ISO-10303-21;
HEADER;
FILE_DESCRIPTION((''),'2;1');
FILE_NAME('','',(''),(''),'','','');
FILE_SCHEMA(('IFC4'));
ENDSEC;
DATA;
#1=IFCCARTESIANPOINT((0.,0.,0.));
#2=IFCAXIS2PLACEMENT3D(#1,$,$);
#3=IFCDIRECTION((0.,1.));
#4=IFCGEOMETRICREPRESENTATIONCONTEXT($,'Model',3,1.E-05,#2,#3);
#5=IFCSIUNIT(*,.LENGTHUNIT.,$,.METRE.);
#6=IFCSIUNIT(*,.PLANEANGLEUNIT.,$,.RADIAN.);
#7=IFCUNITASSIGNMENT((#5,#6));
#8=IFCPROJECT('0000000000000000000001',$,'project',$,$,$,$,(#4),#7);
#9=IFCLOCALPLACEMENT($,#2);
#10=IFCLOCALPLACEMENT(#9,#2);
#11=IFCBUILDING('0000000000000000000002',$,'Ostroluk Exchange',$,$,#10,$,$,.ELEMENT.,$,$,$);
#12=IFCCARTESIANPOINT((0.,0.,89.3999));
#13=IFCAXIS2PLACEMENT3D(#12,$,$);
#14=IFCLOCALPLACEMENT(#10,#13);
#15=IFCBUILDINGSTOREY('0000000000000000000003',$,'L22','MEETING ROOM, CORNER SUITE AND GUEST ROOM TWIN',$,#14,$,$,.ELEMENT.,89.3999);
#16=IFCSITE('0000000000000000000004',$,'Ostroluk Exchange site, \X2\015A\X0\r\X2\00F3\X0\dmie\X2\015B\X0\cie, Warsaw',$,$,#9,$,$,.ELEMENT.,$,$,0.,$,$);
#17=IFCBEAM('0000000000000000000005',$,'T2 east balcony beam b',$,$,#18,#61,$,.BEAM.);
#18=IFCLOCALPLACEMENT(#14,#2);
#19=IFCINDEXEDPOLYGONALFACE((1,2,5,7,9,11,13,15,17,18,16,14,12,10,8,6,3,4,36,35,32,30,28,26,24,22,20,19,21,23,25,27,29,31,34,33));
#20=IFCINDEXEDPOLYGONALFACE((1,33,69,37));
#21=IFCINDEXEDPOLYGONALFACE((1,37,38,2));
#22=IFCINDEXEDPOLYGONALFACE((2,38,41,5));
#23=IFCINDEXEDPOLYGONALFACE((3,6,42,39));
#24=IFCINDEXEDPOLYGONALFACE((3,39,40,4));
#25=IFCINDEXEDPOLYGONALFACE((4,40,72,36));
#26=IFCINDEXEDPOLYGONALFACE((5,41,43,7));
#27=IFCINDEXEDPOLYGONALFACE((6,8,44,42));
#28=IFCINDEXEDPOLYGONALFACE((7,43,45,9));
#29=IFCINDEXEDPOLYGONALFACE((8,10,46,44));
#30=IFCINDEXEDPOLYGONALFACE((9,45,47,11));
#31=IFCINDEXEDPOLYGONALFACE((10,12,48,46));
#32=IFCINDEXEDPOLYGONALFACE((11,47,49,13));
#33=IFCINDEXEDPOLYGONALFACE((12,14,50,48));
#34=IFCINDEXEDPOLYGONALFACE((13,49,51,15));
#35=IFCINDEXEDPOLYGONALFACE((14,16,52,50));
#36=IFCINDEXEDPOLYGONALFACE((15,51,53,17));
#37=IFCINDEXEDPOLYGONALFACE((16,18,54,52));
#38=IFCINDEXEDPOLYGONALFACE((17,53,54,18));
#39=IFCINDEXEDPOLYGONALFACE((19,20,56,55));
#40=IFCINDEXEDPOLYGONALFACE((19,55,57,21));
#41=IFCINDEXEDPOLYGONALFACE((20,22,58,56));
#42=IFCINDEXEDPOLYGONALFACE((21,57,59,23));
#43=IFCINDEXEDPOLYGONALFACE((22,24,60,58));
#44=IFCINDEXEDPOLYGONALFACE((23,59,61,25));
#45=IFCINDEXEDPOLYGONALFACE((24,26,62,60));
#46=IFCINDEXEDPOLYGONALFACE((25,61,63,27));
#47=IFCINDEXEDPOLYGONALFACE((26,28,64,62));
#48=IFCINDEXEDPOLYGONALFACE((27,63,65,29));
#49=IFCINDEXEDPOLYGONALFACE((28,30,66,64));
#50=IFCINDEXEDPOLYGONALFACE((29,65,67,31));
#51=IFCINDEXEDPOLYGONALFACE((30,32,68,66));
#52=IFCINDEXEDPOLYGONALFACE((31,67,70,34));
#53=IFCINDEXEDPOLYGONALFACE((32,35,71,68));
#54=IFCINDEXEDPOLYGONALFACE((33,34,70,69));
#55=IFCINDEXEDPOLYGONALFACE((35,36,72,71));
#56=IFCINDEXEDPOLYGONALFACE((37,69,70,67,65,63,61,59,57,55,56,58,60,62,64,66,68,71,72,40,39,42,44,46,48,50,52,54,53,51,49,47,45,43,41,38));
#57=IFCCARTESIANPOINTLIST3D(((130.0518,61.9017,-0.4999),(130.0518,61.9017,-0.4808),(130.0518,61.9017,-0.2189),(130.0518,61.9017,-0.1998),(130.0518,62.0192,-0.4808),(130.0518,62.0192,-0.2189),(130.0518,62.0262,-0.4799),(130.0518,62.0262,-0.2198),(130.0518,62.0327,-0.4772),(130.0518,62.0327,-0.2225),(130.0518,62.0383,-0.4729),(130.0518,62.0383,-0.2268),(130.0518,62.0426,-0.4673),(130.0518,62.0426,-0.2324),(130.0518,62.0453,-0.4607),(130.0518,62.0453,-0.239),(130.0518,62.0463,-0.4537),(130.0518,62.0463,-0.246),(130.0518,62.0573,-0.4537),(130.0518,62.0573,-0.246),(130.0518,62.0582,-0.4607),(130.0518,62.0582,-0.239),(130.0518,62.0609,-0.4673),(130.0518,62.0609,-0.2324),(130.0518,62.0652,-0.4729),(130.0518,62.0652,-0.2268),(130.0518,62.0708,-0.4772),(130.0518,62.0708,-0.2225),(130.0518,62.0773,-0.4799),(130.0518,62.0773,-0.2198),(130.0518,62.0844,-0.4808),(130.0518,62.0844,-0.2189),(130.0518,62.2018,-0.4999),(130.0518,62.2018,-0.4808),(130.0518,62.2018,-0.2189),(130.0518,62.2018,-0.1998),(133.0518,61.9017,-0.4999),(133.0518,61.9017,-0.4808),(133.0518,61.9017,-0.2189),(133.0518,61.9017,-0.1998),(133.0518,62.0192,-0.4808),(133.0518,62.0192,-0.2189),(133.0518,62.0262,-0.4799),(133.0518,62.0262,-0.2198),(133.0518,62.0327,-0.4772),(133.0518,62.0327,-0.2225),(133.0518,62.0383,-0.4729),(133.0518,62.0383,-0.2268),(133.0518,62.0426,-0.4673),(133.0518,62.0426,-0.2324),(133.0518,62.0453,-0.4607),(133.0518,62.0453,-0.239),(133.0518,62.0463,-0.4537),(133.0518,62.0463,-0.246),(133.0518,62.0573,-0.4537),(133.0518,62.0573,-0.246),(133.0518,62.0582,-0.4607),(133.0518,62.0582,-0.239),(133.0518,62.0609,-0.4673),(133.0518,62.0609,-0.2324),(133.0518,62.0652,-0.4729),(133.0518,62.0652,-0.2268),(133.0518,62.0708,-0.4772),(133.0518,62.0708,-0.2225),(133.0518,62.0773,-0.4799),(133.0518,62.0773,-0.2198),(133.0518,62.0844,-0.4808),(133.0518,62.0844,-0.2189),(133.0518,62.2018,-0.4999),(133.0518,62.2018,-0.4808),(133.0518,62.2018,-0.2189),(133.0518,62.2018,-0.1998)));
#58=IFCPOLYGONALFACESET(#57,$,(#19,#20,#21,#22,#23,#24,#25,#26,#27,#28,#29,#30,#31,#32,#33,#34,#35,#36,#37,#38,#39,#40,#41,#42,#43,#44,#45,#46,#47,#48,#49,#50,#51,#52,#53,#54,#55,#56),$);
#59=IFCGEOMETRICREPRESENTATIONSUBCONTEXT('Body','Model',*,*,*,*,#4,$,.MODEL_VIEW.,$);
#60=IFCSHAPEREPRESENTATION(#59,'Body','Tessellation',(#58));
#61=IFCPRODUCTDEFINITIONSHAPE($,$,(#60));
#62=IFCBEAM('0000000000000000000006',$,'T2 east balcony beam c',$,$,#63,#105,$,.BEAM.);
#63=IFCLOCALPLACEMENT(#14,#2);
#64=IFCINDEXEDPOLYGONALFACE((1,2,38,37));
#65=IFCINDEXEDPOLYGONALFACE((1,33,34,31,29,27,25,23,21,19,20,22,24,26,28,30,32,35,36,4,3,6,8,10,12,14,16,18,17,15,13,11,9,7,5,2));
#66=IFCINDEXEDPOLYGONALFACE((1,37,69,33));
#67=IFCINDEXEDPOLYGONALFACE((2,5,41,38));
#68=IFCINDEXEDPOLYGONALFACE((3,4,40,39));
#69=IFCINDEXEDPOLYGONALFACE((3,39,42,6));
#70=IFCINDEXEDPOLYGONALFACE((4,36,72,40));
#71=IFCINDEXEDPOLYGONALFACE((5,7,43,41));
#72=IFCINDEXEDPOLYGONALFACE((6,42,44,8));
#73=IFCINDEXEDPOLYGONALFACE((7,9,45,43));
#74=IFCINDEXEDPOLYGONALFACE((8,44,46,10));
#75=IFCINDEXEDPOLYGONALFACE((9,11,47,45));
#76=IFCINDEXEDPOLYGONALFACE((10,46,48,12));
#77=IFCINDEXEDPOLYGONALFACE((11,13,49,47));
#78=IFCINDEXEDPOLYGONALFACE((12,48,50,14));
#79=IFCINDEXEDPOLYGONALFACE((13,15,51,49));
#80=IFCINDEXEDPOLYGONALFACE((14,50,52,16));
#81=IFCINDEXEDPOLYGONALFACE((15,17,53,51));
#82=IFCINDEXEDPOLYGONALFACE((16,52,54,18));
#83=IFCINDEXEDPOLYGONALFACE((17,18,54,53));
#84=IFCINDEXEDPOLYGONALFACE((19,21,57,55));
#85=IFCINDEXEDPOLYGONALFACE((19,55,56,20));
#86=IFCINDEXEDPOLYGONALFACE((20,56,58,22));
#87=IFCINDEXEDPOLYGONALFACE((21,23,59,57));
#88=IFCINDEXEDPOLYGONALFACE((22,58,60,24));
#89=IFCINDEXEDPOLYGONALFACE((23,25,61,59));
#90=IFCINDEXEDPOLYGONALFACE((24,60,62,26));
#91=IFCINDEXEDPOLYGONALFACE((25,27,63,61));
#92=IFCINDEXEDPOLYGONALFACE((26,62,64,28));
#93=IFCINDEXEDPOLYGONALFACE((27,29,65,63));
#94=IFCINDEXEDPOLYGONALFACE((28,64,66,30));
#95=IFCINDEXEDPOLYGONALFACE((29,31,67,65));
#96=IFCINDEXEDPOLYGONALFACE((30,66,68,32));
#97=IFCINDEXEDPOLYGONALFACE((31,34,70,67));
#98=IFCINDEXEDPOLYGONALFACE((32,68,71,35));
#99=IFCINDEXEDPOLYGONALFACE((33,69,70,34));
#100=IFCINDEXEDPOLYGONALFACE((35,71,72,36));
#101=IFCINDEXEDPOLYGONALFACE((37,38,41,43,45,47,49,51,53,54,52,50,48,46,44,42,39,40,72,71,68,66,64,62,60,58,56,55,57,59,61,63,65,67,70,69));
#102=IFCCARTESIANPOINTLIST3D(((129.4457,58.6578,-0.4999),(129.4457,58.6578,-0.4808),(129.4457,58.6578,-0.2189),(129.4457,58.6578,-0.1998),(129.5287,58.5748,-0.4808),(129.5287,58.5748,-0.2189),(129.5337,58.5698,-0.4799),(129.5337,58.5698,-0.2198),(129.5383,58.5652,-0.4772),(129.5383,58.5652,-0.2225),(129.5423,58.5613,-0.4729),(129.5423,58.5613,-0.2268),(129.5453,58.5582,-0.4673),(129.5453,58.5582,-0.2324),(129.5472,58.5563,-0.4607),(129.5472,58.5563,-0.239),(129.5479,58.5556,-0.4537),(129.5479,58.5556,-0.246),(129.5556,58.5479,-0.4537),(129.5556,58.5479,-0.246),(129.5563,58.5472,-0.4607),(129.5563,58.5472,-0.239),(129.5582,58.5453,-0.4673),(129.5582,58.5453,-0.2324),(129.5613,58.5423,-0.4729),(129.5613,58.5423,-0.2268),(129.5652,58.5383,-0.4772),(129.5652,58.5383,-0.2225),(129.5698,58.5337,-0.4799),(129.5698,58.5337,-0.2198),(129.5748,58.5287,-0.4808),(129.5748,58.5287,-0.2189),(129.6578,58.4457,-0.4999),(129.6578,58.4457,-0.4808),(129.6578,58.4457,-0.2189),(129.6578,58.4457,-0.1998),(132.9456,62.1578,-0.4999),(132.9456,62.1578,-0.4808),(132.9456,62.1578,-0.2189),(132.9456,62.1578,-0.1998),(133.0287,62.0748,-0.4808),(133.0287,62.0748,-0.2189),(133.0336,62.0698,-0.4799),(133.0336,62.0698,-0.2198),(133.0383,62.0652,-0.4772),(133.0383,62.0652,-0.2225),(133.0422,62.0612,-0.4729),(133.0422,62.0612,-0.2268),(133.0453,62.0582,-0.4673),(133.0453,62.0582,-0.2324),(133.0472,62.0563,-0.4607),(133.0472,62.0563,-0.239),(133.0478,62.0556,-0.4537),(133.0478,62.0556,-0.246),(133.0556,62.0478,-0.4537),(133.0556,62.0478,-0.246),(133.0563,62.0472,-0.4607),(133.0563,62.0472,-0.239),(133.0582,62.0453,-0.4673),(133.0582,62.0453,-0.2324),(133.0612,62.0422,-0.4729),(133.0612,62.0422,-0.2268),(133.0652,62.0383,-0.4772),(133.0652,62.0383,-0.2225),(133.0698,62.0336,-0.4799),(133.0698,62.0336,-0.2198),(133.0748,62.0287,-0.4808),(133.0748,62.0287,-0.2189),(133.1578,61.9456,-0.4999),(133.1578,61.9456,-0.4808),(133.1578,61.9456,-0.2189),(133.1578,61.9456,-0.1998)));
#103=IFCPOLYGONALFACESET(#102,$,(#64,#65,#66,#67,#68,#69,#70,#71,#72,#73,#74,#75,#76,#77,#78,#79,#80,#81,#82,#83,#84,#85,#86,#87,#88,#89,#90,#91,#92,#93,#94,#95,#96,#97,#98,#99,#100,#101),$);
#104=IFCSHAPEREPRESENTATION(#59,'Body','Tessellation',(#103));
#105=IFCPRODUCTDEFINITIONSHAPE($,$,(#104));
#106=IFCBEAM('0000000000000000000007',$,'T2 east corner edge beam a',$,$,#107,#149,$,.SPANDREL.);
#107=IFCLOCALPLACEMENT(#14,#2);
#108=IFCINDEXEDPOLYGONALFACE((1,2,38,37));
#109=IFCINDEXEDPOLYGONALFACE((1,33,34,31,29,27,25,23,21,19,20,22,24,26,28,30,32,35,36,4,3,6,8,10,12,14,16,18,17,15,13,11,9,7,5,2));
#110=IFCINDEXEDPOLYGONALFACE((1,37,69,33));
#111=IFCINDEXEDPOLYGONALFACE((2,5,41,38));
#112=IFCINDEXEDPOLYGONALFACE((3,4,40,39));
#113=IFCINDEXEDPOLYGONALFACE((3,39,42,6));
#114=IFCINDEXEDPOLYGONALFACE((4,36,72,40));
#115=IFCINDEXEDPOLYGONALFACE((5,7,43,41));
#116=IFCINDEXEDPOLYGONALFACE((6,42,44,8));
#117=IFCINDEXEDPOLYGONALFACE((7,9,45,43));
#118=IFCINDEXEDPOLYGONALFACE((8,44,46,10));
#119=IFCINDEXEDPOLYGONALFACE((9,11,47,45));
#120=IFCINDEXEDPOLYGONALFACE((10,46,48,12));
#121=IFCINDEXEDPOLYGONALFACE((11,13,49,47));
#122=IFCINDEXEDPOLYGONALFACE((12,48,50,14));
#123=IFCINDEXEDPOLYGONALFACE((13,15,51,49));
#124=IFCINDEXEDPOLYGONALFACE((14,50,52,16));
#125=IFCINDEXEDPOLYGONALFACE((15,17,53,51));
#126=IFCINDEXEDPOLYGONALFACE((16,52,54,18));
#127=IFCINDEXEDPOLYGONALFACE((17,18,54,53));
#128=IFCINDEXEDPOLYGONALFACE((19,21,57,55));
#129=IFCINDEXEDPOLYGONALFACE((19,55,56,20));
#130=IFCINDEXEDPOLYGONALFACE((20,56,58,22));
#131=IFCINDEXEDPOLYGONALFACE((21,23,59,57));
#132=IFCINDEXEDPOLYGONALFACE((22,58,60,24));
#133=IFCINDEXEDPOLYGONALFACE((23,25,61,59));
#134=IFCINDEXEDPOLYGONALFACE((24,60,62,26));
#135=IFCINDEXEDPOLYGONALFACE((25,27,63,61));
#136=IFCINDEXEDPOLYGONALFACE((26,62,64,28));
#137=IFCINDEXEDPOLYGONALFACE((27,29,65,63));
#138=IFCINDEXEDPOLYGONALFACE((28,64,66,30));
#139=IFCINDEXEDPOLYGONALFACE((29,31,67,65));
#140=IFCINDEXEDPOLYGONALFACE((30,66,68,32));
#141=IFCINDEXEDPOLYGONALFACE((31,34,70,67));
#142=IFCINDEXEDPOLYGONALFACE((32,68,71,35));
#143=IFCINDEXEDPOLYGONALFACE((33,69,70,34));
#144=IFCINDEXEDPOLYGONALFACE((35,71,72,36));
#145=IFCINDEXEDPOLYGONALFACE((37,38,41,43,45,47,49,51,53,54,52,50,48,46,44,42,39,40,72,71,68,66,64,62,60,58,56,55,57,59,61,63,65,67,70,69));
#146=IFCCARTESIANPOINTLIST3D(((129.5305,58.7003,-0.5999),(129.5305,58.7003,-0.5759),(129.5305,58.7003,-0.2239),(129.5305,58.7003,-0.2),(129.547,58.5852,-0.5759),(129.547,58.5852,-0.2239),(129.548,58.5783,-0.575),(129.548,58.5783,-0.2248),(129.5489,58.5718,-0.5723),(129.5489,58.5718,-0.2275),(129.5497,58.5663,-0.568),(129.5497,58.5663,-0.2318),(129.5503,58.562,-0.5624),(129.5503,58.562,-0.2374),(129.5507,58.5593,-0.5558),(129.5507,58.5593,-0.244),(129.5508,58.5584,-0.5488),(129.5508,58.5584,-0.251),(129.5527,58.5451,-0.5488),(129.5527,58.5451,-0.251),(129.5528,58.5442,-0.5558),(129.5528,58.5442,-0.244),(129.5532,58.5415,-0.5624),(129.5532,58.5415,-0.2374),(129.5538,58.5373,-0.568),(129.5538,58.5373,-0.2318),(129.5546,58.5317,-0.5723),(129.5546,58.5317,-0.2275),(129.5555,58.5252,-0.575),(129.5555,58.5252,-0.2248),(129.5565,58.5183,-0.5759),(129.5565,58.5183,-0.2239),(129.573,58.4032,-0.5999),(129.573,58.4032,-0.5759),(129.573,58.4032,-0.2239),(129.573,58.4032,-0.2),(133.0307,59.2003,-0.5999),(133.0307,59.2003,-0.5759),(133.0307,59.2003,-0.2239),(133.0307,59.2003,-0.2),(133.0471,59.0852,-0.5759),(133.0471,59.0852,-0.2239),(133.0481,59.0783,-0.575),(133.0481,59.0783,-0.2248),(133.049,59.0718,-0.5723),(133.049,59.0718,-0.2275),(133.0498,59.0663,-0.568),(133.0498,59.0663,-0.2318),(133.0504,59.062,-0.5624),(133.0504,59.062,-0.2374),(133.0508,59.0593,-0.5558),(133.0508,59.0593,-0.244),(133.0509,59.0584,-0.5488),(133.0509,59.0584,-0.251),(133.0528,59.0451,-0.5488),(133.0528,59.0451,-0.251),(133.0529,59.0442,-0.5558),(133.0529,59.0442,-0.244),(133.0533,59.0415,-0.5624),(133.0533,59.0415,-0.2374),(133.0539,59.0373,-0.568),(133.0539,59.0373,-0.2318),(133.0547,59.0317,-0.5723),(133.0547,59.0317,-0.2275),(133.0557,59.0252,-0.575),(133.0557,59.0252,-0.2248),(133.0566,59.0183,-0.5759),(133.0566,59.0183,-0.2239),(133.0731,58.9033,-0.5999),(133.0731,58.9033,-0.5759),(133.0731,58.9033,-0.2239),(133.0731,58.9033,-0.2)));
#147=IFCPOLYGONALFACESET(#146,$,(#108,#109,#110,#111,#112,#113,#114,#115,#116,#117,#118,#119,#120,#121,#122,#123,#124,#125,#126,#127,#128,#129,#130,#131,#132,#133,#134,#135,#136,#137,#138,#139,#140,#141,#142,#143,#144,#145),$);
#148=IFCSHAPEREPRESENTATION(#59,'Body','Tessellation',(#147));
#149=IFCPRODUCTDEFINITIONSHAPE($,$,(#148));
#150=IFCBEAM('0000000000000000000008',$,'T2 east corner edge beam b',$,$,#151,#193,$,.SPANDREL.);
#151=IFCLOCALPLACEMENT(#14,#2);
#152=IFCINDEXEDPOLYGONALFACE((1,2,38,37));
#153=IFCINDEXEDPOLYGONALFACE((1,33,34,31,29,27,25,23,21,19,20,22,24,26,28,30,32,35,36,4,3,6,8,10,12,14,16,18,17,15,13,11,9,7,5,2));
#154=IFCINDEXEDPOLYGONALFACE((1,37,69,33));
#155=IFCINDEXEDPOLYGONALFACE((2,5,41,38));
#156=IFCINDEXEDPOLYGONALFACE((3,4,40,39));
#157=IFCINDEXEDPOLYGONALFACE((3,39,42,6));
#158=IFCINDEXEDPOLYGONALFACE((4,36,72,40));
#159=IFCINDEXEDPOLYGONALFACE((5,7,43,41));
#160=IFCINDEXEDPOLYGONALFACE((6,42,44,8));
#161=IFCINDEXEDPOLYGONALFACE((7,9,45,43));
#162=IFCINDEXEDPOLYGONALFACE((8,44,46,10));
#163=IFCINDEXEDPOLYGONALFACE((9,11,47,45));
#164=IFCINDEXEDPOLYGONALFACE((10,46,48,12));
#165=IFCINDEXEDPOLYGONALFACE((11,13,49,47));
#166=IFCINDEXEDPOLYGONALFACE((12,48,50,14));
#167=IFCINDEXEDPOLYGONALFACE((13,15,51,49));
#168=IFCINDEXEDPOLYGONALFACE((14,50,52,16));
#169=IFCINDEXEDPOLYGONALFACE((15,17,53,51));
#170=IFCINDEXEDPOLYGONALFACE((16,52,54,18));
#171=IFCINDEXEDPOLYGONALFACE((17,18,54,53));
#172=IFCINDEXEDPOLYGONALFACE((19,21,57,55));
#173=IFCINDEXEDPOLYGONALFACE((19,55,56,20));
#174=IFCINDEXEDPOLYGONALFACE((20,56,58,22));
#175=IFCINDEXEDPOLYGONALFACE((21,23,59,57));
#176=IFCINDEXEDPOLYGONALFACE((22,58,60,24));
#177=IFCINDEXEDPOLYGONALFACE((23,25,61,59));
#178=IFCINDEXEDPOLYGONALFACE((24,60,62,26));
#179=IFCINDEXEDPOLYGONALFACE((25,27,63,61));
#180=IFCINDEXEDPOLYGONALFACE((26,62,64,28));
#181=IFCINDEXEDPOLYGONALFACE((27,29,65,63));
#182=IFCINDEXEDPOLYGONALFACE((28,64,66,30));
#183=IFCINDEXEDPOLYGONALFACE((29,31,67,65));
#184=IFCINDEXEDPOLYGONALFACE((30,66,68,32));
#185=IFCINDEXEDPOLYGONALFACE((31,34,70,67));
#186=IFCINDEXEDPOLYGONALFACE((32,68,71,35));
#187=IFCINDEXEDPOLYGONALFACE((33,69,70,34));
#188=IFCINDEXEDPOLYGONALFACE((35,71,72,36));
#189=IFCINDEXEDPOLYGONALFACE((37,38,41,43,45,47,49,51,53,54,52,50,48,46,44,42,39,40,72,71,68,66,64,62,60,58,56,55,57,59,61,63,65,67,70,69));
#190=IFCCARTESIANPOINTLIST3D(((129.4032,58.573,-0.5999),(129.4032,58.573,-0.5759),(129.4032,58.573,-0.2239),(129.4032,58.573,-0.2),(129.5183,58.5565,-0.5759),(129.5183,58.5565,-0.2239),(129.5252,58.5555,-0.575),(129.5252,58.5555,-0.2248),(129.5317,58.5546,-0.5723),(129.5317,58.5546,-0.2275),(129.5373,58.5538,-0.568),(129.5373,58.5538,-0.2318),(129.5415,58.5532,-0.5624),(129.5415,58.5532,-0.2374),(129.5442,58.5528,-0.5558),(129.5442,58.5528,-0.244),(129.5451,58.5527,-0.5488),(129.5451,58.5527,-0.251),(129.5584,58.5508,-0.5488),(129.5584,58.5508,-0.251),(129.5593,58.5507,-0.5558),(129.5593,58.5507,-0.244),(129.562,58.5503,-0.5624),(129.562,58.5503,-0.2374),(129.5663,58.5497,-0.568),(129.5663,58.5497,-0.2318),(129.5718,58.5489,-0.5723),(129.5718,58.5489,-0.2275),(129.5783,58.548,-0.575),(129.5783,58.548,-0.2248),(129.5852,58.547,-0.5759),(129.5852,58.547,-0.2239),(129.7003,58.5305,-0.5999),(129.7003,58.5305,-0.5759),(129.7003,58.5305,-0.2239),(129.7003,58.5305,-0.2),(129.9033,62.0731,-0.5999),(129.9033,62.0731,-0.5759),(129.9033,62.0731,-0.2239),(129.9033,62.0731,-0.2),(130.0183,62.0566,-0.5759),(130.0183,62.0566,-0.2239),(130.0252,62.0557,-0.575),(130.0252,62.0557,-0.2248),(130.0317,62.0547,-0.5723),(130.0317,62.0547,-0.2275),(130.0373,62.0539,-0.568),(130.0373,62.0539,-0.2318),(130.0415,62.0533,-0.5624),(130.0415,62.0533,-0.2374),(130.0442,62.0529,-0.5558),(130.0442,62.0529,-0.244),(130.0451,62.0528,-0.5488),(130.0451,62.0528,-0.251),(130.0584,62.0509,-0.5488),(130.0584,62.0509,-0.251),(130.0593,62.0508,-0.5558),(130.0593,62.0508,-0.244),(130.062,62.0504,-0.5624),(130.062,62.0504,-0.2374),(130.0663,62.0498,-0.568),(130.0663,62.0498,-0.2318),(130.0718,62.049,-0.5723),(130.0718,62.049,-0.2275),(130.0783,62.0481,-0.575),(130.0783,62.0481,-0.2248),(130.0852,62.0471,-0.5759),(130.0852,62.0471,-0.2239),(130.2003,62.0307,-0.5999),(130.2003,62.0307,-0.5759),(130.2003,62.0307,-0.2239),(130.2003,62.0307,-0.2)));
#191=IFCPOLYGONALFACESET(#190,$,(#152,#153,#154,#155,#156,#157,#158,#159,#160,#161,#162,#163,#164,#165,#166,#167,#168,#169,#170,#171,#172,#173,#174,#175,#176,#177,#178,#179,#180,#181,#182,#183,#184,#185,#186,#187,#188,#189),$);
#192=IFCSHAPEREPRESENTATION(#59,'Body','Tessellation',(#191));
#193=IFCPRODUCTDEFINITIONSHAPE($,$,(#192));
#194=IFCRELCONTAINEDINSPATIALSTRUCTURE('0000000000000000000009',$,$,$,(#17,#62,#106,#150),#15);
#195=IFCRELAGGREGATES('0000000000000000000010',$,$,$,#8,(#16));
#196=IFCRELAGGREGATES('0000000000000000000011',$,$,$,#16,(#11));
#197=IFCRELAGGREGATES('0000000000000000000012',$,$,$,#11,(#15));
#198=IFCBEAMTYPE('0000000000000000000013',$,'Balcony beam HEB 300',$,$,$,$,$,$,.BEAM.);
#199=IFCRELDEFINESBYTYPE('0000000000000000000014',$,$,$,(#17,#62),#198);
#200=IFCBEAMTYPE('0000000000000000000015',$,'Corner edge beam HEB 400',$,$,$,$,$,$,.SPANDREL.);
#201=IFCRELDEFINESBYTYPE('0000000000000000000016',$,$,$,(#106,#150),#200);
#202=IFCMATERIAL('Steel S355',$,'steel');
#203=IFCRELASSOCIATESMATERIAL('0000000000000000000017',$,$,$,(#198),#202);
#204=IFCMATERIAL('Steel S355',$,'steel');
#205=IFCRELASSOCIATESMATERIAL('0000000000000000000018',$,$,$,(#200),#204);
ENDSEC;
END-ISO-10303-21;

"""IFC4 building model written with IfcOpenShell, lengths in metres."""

from ifc_helpers import new_model, si_unit, direction, frame, origin, origin_2d, place, context, subcontext, project, spatial, i_section, extrude, material, material_profile, profile_set, type_object, element, save


model = new_model("IFC4")

# Units and contexts
model_context = context("Model", 3, precision=1e-05, world=origin(), true_north=direction((0.0, 1.0)))
body_context = subcontext(model_context, "Body", "Model", "MODEL_VIEW")
ifc_project = project(units=[si_unit("LENGTHUNIT", "METRE"), si_unit("PLANEANGLEUNIT", "RADIAN")], contexts=[model_context])

# Site, building, storey
site_placement = place(None, origin())
site = spatial("IfcSite", under=ifc_project, at=site_placement, Name="Ostroluk Exchange site, Śródmieście, Warsaw", CompositionType="ELEMENT", RefElevation=0.0)
building_placement = place(site_placement, origin())
building = spatial("IfcBuilding", under=site, at=building_placement, Name="Ostroluk Exchange", CompositionType="ELEMENT")
storey_placement = place(building_placement, frame((0.0, 0.0, 89.3999)))
storey = spatial("IfcBuildingStorey", under=building, at=storey_placement, Name="L22", Description="MEETING ROOM, CORNER SUITE AND GUEST ROOM TWIN", CompositionType="ELEMENT", Elevation=89.3999)

# Beams
ifc_material_1 = material(Name="Steel S355", Category="steel")
ifc_material_profile_1 = material_profile(ifc_material_1, i_section(OverallWidth=0.3, OverallDepth=0.3, WebThickness=0.011, FlangeThickness=0.019, FilletRadius=0.0271, at=origin_2d()), Name="HEB 300")
ifc_profile_set_1 = profile_set([ifc_material_profile_1], Name="Steel S355")
beam_type_1 = type_object("IfcBeamType", Name="Balcony beam HEB 300", PredefinedType="BEAM", material=ifc_profile_set_1)
for number, where, z_axis, x_axis, name in (
    (1, (130.0518, 62.0518, -0.3499), (1.0, 0.0, 0.0), (0.0, 1.0, 0.0), "T2 east balcony beam b"),
):
    element("IfcBeam", number, at=place(storey_placement, frame(where, z_axis=z_axis, x_axis=x_axis)), inside=storey, type_object=beam_type_1, Name=name, PredefinedType="BEAM", context=body_context, shape_type="SweptSolid", body=[
        extrude(i_section(OverallWidth=0.3, OverallDepth=0.3, WebThickness=0.011, FlangeThickness=0.019, FilletRadius=0.0271, at=origin_2d()), origin(), (0.0, 0.0, 1.0), 3.0),
    ])
beam_1_placement = place(storey_placement, frame((129.5518, 58.5518, -0.3499), z_axis=(0.707107, 0.707107, 0.0), x_axis=(-0.707107, 0.707107, 0.0)))
element("IfcBeam", 2, at=beam_1_placement, inside=storey, type_object=beam_type_1, Name="T2 east balcony beam c", PredefinedType="BEAM", context=body_context, shape_type="SweptSolid", body=[
    extrude(i_section(OverallWidth=0.3, OverallDepth=0.3, WebThickness=0.011, FlangeThickness=0.019, FilletRadius=0.0271, at=origin_2d()), origin(), (0.0, 0.0, 1.0), 4.9497),
])
ifc_material_2 = material(Name="Steel S355", Category="steel")
ifc_material_profile_2 = material_profile(ifc_material_2, i_section(OverallWidth=0.3, OverallDepth=0.3999, WebThickness=0.0134, FlangeThickness=0.0239, FilletRadius=0.0271, at=origin_2d()), Name="HEB 400")
ifc_profile_set_2 = profile_set([ifc_material_profile_2], Name="Steel S355")
beam_type_2 = type_object("IfcBeamType", Name="Corner edge beam HEB 400", PredefinedType="SPANDREL", material=ifc_profile_set_2)
for number, where, z_axis, x_axis, name in (
    (3, (129.5518, 58.5518, -0.3999), (0.989949, 0.141421, 0.0), (-0.141421, 0.989949, 0.0), "T2 east corner edge beam a"),
    (4, (129.5518, 58.5518, -0.3999), (0.141421, 0.989949, 0.0), (-0.989949, 0.141421, 0.0), "T2 east corner edge beam b"),
):
    element("IfcBeam", number, at=place(storey_placement, frame(where, z_axis=z_axis, x_axis=x_axis)), inside=storey, type_object=beam_type_2, Name=name, PredefinedType="SPANDREL", context=body_context, shape_type="SweptSolid", body=[
        extrude(i_section(OverallWidth=0.3, OverallDepth=0.3999, WebThickness=0.0134, FlangeThickness=0.0239, FilletRadius=0.0271, at=origin_2d()), origin(), (0.0, 0.0, 1.0), 3.5356),
    ])

save(model, "model.ifc")
